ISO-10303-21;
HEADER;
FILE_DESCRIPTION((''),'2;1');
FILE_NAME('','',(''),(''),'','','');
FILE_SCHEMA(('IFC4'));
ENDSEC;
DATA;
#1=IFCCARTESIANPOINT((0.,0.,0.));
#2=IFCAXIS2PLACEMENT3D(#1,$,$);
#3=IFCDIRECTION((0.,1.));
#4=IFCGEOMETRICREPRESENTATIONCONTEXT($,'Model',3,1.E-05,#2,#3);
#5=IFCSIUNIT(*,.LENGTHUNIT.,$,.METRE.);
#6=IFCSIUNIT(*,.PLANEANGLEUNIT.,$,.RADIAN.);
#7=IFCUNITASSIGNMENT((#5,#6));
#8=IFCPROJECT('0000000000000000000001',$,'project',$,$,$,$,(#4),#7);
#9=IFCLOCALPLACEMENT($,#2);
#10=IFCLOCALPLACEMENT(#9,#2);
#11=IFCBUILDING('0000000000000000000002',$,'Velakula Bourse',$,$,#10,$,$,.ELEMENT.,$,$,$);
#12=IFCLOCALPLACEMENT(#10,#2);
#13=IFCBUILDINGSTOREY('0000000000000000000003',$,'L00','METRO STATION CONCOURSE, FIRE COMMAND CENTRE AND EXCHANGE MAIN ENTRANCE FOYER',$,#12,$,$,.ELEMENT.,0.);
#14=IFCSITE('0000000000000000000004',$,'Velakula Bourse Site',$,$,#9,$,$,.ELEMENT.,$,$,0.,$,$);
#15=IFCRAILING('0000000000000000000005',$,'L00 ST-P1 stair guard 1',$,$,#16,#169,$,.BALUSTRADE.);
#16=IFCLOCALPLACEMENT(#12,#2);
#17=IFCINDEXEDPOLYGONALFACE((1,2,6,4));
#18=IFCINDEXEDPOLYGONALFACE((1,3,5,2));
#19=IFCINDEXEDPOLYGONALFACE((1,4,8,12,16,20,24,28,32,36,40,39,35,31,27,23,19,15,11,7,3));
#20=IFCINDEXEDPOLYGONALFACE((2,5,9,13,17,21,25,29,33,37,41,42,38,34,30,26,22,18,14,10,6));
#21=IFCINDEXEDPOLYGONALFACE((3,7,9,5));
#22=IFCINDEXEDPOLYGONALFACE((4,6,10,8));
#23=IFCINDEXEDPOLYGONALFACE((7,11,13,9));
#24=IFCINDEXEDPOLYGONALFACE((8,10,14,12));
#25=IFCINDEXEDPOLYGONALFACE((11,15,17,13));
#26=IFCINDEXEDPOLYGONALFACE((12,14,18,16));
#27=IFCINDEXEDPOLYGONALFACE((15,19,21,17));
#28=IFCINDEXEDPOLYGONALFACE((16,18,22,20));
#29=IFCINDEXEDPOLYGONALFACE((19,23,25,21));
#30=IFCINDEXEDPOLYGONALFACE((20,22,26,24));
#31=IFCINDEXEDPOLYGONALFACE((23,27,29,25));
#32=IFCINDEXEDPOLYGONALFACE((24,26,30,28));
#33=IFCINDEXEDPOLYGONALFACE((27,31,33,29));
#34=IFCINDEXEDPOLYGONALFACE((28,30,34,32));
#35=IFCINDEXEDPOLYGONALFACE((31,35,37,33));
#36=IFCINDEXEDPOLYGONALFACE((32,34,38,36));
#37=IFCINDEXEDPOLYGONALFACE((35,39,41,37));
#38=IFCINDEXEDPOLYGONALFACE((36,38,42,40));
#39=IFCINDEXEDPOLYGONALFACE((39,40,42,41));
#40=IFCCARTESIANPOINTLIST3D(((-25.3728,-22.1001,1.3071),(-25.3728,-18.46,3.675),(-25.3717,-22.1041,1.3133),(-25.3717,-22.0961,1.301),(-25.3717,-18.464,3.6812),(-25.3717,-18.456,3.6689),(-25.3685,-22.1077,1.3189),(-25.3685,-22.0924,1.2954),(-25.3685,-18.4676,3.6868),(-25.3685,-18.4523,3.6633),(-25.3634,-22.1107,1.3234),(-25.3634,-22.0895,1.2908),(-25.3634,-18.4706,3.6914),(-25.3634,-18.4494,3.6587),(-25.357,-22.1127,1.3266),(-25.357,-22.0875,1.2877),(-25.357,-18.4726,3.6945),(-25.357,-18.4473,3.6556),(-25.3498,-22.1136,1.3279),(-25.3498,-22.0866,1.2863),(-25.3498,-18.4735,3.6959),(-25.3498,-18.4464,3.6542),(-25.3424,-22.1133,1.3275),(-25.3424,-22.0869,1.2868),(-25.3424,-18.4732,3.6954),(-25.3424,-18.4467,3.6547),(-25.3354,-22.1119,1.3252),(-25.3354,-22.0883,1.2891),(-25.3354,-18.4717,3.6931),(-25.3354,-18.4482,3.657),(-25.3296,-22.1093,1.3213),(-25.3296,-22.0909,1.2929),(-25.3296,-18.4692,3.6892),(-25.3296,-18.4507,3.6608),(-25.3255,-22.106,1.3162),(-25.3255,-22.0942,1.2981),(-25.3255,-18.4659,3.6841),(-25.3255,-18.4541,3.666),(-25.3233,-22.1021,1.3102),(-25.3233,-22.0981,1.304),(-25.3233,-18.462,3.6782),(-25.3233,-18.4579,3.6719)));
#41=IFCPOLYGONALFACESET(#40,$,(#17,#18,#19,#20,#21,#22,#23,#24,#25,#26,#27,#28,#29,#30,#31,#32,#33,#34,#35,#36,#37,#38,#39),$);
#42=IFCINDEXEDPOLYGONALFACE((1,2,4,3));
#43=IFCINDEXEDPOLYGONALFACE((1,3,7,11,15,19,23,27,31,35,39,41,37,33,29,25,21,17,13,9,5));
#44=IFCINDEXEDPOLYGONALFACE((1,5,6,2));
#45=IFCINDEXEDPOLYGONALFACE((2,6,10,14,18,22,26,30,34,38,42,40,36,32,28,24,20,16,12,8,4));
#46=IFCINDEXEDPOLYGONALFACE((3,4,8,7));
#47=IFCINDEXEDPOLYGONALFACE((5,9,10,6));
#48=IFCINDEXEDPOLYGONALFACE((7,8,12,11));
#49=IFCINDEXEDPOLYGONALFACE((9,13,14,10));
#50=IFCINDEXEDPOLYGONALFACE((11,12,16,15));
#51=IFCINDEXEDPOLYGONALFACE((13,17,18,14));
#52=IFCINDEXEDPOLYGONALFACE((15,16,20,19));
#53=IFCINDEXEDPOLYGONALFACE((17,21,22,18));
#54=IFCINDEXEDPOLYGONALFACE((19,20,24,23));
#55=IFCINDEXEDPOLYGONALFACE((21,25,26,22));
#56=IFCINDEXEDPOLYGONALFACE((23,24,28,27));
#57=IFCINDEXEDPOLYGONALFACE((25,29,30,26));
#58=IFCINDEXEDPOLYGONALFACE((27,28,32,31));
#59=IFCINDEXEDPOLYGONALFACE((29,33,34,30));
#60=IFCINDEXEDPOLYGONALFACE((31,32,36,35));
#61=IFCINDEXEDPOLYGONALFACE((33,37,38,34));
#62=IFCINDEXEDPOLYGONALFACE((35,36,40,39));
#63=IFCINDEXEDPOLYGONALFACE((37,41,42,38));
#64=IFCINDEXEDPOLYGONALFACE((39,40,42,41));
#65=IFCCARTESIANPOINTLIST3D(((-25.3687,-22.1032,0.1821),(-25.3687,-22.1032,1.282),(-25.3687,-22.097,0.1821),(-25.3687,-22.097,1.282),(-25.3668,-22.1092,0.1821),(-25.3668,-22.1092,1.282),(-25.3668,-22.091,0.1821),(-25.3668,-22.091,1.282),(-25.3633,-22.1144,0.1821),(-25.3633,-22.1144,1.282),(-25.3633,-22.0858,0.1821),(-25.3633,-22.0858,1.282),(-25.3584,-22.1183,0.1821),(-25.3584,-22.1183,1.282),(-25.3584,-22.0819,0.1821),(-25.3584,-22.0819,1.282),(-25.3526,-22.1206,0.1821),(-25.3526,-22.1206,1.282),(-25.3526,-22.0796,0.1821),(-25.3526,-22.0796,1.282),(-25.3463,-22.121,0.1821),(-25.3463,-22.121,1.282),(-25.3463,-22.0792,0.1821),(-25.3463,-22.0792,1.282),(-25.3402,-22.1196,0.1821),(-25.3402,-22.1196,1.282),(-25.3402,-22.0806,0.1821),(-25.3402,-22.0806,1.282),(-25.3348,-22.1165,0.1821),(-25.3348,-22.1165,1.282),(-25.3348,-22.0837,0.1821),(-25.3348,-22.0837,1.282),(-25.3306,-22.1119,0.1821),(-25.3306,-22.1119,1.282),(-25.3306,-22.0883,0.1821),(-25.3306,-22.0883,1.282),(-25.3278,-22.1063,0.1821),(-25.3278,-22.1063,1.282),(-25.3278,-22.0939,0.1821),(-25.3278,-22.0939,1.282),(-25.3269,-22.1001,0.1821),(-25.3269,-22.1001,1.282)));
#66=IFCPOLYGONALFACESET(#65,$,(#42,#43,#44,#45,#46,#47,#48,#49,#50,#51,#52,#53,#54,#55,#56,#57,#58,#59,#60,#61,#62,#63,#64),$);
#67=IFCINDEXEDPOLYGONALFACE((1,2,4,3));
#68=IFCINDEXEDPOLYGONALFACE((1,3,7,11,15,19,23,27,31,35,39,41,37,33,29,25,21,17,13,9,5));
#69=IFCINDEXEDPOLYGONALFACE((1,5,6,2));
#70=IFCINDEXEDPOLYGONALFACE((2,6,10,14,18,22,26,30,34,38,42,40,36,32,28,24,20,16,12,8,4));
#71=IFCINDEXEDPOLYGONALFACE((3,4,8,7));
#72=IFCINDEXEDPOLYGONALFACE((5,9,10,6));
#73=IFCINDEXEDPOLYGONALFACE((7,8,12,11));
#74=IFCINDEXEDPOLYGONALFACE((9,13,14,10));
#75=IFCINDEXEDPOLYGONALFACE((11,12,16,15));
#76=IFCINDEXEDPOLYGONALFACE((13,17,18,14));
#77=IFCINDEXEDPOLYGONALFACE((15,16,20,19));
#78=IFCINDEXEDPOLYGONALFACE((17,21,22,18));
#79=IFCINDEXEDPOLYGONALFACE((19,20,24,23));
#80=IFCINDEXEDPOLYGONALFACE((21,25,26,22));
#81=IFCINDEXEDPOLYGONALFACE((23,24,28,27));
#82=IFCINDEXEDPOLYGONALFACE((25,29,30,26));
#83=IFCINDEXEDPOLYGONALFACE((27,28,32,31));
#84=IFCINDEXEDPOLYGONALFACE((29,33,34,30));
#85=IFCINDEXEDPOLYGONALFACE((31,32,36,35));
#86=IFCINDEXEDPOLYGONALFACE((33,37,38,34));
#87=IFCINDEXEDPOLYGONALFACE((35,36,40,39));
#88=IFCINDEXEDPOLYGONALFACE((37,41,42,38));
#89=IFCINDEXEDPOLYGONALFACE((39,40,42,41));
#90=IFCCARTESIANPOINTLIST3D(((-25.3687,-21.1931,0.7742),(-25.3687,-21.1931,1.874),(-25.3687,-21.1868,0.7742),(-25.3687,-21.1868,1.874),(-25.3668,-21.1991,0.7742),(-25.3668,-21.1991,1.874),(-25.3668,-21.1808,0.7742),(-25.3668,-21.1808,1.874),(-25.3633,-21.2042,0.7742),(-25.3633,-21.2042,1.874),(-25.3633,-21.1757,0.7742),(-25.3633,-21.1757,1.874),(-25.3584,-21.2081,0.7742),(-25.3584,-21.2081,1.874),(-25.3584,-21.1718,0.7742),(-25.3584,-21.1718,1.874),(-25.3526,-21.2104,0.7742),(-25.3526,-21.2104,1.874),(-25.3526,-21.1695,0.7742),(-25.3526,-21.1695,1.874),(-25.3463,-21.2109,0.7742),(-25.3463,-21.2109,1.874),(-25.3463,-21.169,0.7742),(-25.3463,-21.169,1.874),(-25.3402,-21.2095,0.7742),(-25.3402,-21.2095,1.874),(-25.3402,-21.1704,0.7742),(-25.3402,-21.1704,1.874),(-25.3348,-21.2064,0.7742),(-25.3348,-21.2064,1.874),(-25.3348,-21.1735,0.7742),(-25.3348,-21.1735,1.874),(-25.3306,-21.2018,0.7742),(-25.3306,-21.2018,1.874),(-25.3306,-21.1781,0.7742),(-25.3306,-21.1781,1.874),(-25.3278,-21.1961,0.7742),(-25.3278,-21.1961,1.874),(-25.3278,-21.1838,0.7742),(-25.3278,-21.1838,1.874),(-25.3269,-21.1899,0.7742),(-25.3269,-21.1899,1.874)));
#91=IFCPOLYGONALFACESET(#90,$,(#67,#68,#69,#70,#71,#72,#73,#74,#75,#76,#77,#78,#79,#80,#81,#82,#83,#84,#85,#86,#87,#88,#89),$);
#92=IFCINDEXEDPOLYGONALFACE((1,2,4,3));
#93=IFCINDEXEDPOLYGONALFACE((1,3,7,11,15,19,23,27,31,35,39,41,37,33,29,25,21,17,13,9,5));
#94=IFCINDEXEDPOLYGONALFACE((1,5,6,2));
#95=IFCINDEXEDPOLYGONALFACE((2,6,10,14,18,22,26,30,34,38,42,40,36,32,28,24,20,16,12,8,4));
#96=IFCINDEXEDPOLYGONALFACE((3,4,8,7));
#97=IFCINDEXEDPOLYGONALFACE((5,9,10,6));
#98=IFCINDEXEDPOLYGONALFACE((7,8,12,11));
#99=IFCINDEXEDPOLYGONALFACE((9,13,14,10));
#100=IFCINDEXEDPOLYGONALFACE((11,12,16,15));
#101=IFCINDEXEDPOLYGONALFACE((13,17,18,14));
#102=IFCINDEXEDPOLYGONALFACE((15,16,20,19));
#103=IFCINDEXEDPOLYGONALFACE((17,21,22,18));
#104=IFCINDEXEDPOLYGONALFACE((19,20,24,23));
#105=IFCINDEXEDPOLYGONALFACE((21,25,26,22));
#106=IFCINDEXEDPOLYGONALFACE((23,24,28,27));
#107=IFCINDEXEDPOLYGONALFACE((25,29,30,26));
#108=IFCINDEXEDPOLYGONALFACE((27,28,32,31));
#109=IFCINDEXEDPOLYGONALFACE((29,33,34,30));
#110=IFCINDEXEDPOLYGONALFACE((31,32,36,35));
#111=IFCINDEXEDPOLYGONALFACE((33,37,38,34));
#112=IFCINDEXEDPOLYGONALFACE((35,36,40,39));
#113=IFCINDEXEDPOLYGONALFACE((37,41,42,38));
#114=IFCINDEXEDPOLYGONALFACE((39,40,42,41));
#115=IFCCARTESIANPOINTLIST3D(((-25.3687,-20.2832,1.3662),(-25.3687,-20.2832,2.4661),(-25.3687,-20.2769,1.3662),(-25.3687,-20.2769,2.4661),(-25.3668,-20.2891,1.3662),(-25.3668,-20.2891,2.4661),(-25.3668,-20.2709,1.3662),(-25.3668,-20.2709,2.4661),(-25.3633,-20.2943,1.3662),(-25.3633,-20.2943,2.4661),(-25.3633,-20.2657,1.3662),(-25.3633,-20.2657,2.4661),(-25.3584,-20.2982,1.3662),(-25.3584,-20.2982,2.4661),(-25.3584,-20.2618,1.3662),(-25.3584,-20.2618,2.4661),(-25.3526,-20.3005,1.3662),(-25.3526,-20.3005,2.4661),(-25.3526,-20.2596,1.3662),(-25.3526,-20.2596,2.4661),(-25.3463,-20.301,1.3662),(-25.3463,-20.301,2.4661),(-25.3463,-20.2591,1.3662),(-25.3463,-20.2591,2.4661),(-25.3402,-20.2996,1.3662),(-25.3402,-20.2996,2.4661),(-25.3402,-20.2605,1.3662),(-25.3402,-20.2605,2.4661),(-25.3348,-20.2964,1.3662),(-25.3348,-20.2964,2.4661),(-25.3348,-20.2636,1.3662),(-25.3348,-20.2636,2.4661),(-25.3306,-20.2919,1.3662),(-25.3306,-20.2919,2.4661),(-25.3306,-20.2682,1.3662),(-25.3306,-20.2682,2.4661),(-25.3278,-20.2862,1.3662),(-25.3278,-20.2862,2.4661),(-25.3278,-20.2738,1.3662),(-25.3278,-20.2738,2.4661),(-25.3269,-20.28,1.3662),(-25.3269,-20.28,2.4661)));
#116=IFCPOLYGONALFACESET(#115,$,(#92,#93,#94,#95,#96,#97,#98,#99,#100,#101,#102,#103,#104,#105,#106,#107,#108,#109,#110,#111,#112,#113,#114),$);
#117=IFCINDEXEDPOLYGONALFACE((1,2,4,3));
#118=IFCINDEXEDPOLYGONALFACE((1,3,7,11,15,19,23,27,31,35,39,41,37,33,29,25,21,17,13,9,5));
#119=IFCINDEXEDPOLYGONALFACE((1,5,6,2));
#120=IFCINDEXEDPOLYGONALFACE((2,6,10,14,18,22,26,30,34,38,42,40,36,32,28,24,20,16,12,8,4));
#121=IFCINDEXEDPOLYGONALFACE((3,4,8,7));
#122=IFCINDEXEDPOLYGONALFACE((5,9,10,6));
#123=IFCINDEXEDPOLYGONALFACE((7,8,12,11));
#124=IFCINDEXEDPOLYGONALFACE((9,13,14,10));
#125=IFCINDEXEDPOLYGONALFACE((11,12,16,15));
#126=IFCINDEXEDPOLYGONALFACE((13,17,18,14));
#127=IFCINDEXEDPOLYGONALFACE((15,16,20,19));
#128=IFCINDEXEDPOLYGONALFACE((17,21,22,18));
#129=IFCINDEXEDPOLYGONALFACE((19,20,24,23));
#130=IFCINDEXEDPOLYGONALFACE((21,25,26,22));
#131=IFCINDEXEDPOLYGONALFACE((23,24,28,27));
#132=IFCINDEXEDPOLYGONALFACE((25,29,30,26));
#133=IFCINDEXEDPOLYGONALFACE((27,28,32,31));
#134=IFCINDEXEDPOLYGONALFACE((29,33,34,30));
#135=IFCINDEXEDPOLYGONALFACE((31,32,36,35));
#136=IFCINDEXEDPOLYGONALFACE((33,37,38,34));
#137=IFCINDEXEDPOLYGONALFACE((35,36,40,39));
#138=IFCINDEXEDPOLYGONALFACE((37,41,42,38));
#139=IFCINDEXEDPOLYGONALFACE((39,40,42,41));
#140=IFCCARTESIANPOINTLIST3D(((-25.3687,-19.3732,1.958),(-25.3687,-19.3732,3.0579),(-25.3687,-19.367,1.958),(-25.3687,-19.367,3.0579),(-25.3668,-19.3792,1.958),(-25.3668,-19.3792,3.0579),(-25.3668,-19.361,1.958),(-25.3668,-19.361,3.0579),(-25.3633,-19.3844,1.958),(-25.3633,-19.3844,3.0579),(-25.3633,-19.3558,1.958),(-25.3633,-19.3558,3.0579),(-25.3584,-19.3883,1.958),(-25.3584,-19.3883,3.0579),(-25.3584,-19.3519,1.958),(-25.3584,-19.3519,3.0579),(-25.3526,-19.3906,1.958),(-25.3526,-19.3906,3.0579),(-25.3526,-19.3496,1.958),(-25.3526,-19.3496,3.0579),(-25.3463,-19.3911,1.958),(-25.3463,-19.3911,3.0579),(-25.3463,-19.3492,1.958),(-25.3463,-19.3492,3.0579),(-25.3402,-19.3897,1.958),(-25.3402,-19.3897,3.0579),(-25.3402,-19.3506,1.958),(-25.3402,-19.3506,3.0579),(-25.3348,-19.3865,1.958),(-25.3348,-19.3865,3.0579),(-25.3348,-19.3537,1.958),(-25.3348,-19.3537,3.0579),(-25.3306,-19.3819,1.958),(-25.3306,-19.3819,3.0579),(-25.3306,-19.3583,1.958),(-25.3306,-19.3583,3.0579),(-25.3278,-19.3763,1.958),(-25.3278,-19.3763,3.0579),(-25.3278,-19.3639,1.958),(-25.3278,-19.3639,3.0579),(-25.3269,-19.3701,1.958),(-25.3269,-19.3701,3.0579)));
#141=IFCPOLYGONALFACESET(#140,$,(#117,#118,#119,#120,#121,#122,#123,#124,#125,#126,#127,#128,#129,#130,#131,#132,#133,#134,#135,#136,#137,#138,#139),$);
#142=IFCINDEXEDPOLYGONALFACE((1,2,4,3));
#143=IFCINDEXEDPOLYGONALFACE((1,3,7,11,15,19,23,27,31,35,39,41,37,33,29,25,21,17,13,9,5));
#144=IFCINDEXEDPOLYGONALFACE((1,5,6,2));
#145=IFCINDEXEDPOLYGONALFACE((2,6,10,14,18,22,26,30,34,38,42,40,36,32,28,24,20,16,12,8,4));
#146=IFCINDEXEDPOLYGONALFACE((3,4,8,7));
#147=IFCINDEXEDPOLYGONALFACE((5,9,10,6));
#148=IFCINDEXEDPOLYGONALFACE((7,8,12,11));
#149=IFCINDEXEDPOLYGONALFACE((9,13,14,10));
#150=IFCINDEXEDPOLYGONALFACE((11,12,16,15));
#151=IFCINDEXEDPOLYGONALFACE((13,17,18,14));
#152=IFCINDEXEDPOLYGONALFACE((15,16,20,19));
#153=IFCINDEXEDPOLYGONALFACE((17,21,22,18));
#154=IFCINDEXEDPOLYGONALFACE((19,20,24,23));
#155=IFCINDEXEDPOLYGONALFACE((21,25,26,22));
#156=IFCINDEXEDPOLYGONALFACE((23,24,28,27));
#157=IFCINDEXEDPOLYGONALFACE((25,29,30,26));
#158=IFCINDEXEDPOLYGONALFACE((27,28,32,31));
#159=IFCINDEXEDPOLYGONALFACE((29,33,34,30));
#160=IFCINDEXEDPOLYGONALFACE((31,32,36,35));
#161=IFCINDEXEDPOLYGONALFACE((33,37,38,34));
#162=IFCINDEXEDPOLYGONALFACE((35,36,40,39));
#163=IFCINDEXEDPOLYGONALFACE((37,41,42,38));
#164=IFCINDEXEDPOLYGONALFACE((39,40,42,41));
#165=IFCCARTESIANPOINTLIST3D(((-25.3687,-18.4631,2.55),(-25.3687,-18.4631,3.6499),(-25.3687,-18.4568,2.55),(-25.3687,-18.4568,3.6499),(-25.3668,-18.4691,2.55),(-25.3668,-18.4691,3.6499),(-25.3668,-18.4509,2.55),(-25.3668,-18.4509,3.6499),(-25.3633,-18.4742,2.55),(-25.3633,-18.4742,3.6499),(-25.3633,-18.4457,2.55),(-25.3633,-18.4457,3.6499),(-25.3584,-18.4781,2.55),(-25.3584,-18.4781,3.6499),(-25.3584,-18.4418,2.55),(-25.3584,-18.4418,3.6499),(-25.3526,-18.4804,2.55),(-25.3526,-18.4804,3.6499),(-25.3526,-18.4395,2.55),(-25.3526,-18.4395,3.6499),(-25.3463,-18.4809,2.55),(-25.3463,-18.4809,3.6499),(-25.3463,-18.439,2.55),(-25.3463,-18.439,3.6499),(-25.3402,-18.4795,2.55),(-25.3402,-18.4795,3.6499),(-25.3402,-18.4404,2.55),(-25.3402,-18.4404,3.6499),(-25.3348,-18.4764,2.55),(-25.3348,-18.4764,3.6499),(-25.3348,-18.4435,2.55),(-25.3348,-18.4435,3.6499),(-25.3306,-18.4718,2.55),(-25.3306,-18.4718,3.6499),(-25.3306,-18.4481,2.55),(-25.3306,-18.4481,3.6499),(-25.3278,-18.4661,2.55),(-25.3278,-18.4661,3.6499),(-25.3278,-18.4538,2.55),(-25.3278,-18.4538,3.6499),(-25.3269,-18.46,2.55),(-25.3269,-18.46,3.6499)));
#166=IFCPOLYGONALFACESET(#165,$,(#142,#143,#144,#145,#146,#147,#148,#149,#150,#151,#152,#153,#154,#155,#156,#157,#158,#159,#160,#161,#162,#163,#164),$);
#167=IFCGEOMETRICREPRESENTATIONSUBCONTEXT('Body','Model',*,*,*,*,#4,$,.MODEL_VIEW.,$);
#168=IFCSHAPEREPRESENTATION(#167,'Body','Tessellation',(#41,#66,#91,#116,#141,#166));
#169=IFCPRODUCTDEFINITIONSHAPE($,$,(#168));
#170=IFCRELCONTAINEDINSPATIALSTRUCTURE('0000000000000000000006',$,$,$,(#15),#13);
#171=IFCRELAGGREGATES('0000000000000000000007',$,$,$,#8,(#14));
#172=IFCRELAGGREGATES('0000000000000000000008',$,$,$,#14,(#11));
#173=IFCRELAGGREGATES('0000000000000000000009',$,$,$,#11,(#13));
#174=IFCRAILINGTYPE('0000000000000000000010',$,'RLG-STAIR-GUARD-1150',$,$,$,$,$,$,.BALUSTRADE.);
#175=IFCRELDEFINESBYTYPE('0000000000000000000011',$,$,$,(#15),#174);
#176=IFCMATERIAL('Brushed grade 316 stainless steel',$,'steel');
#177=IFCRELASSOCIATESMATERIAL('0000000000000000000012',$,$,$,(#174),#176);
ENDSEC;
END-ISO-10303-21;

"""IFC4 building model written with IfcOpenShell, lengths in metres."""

from ifc_helpers import new_model, si_unit, direction, frame, origin, origin_2d, place, context, subcontext, project, spatial, circle, extrude, material, type_object, element, save


model = new_model("IFC4")

# Units and contexts
model_context = context("Model", 3, precision=1e-05, world=origin(), true_north=direction((0.0, 1.0)))
body_context = subcontext(model_context, "Body", "Model", "MODEL_VIEW")
ifc_project = project(units=[si_unit("LENGTHUNIT", "METRE"), si_unit("PLANEANGLEUNIT", "RADIAN")], contexts=[model_context])

# Site, building, storey
site_placement = place(None, origin())
site = spatial("IfcSite", under=ifc_project, at=site_placement, Name="Velakula Bourse Site", CompositionType="ELEMENT", RefElevation=0.0)
building_placement = place(site_placement, origin())
building = spatial("IfcBuilding", under=site, at=building_placement, Name="Velakula Bourse", CompositionType="ELEMENT")
storey_placement = place(building_placement, origin())
storey = spatial("IfcBuildingStorey", under=building, at=storey_placement, Name="L00", Description="METRO STATION CONCOURSE, FIRE COMMAND CENTRE AND EXCHANGE MAIN ENTRANCE FOYER", CompositionType="ELEMENT", Elevation=0.0)

# Railing
ifc_material_1 = material(Name="Brushed grade 316 stainless steel", Category="steel")
railing_type_1 = type_object("IfcRailingType", Name="RLG-STAIR-GUARD-1150", PredefinedType="BALUSTRADE", material=ifc_material_1)
railing_1_placement = place(storey_placement, frame((-25.3479, -22.1001, 0.1821)))
element("IfcRailing", 1, at=railing_1_placement, inside=storey, type_object=railing_type_1, Name="L00 ST-P1 stair guard 1", PredefinedType="BALUSTRADE", context=body_context, shape_type="SweptSolid", body=[
    extrude(circle(Radius=0.0249, at=origin_2d()), frame((0.0, 0.0, 1.125), z_axis=(0.0, 0.838251, 0.545285), x_axis=(-1.0, 0.0, 0.0)), (0.0, 0.0, 1.0), 4.3425),
    extrude(circle(Radius=0.021, at=origin_2d()), origin(), (0.0, 0.0, 1.0), 1.0999),
    extrude(circle(Radius=0.021, at=origin_2d()), frame((0.0, 0.9102, 0.592)), (0.0, 0.0, 1.0), 1.0999),
    extrude(circle(Radius=0.021, at=origin_2d()), frame((0.0, 1.8201, 1.1841)), (0.0, 0.0, 1.0), 1.0999),
    extrude(circle(Radius=0.021, at=origin_2d()), frame((0.0, 2.73, 1.7759)), (0.0, 0.0, 1.0), 1.0999),
    extrude(circle(Radius=0.021, at=origin_2d()), frame((0.0, 3.6401, 2.3679)), (0.0, 0.0, 1.0), 1.0999),
])

save(model, "model.ifc")
